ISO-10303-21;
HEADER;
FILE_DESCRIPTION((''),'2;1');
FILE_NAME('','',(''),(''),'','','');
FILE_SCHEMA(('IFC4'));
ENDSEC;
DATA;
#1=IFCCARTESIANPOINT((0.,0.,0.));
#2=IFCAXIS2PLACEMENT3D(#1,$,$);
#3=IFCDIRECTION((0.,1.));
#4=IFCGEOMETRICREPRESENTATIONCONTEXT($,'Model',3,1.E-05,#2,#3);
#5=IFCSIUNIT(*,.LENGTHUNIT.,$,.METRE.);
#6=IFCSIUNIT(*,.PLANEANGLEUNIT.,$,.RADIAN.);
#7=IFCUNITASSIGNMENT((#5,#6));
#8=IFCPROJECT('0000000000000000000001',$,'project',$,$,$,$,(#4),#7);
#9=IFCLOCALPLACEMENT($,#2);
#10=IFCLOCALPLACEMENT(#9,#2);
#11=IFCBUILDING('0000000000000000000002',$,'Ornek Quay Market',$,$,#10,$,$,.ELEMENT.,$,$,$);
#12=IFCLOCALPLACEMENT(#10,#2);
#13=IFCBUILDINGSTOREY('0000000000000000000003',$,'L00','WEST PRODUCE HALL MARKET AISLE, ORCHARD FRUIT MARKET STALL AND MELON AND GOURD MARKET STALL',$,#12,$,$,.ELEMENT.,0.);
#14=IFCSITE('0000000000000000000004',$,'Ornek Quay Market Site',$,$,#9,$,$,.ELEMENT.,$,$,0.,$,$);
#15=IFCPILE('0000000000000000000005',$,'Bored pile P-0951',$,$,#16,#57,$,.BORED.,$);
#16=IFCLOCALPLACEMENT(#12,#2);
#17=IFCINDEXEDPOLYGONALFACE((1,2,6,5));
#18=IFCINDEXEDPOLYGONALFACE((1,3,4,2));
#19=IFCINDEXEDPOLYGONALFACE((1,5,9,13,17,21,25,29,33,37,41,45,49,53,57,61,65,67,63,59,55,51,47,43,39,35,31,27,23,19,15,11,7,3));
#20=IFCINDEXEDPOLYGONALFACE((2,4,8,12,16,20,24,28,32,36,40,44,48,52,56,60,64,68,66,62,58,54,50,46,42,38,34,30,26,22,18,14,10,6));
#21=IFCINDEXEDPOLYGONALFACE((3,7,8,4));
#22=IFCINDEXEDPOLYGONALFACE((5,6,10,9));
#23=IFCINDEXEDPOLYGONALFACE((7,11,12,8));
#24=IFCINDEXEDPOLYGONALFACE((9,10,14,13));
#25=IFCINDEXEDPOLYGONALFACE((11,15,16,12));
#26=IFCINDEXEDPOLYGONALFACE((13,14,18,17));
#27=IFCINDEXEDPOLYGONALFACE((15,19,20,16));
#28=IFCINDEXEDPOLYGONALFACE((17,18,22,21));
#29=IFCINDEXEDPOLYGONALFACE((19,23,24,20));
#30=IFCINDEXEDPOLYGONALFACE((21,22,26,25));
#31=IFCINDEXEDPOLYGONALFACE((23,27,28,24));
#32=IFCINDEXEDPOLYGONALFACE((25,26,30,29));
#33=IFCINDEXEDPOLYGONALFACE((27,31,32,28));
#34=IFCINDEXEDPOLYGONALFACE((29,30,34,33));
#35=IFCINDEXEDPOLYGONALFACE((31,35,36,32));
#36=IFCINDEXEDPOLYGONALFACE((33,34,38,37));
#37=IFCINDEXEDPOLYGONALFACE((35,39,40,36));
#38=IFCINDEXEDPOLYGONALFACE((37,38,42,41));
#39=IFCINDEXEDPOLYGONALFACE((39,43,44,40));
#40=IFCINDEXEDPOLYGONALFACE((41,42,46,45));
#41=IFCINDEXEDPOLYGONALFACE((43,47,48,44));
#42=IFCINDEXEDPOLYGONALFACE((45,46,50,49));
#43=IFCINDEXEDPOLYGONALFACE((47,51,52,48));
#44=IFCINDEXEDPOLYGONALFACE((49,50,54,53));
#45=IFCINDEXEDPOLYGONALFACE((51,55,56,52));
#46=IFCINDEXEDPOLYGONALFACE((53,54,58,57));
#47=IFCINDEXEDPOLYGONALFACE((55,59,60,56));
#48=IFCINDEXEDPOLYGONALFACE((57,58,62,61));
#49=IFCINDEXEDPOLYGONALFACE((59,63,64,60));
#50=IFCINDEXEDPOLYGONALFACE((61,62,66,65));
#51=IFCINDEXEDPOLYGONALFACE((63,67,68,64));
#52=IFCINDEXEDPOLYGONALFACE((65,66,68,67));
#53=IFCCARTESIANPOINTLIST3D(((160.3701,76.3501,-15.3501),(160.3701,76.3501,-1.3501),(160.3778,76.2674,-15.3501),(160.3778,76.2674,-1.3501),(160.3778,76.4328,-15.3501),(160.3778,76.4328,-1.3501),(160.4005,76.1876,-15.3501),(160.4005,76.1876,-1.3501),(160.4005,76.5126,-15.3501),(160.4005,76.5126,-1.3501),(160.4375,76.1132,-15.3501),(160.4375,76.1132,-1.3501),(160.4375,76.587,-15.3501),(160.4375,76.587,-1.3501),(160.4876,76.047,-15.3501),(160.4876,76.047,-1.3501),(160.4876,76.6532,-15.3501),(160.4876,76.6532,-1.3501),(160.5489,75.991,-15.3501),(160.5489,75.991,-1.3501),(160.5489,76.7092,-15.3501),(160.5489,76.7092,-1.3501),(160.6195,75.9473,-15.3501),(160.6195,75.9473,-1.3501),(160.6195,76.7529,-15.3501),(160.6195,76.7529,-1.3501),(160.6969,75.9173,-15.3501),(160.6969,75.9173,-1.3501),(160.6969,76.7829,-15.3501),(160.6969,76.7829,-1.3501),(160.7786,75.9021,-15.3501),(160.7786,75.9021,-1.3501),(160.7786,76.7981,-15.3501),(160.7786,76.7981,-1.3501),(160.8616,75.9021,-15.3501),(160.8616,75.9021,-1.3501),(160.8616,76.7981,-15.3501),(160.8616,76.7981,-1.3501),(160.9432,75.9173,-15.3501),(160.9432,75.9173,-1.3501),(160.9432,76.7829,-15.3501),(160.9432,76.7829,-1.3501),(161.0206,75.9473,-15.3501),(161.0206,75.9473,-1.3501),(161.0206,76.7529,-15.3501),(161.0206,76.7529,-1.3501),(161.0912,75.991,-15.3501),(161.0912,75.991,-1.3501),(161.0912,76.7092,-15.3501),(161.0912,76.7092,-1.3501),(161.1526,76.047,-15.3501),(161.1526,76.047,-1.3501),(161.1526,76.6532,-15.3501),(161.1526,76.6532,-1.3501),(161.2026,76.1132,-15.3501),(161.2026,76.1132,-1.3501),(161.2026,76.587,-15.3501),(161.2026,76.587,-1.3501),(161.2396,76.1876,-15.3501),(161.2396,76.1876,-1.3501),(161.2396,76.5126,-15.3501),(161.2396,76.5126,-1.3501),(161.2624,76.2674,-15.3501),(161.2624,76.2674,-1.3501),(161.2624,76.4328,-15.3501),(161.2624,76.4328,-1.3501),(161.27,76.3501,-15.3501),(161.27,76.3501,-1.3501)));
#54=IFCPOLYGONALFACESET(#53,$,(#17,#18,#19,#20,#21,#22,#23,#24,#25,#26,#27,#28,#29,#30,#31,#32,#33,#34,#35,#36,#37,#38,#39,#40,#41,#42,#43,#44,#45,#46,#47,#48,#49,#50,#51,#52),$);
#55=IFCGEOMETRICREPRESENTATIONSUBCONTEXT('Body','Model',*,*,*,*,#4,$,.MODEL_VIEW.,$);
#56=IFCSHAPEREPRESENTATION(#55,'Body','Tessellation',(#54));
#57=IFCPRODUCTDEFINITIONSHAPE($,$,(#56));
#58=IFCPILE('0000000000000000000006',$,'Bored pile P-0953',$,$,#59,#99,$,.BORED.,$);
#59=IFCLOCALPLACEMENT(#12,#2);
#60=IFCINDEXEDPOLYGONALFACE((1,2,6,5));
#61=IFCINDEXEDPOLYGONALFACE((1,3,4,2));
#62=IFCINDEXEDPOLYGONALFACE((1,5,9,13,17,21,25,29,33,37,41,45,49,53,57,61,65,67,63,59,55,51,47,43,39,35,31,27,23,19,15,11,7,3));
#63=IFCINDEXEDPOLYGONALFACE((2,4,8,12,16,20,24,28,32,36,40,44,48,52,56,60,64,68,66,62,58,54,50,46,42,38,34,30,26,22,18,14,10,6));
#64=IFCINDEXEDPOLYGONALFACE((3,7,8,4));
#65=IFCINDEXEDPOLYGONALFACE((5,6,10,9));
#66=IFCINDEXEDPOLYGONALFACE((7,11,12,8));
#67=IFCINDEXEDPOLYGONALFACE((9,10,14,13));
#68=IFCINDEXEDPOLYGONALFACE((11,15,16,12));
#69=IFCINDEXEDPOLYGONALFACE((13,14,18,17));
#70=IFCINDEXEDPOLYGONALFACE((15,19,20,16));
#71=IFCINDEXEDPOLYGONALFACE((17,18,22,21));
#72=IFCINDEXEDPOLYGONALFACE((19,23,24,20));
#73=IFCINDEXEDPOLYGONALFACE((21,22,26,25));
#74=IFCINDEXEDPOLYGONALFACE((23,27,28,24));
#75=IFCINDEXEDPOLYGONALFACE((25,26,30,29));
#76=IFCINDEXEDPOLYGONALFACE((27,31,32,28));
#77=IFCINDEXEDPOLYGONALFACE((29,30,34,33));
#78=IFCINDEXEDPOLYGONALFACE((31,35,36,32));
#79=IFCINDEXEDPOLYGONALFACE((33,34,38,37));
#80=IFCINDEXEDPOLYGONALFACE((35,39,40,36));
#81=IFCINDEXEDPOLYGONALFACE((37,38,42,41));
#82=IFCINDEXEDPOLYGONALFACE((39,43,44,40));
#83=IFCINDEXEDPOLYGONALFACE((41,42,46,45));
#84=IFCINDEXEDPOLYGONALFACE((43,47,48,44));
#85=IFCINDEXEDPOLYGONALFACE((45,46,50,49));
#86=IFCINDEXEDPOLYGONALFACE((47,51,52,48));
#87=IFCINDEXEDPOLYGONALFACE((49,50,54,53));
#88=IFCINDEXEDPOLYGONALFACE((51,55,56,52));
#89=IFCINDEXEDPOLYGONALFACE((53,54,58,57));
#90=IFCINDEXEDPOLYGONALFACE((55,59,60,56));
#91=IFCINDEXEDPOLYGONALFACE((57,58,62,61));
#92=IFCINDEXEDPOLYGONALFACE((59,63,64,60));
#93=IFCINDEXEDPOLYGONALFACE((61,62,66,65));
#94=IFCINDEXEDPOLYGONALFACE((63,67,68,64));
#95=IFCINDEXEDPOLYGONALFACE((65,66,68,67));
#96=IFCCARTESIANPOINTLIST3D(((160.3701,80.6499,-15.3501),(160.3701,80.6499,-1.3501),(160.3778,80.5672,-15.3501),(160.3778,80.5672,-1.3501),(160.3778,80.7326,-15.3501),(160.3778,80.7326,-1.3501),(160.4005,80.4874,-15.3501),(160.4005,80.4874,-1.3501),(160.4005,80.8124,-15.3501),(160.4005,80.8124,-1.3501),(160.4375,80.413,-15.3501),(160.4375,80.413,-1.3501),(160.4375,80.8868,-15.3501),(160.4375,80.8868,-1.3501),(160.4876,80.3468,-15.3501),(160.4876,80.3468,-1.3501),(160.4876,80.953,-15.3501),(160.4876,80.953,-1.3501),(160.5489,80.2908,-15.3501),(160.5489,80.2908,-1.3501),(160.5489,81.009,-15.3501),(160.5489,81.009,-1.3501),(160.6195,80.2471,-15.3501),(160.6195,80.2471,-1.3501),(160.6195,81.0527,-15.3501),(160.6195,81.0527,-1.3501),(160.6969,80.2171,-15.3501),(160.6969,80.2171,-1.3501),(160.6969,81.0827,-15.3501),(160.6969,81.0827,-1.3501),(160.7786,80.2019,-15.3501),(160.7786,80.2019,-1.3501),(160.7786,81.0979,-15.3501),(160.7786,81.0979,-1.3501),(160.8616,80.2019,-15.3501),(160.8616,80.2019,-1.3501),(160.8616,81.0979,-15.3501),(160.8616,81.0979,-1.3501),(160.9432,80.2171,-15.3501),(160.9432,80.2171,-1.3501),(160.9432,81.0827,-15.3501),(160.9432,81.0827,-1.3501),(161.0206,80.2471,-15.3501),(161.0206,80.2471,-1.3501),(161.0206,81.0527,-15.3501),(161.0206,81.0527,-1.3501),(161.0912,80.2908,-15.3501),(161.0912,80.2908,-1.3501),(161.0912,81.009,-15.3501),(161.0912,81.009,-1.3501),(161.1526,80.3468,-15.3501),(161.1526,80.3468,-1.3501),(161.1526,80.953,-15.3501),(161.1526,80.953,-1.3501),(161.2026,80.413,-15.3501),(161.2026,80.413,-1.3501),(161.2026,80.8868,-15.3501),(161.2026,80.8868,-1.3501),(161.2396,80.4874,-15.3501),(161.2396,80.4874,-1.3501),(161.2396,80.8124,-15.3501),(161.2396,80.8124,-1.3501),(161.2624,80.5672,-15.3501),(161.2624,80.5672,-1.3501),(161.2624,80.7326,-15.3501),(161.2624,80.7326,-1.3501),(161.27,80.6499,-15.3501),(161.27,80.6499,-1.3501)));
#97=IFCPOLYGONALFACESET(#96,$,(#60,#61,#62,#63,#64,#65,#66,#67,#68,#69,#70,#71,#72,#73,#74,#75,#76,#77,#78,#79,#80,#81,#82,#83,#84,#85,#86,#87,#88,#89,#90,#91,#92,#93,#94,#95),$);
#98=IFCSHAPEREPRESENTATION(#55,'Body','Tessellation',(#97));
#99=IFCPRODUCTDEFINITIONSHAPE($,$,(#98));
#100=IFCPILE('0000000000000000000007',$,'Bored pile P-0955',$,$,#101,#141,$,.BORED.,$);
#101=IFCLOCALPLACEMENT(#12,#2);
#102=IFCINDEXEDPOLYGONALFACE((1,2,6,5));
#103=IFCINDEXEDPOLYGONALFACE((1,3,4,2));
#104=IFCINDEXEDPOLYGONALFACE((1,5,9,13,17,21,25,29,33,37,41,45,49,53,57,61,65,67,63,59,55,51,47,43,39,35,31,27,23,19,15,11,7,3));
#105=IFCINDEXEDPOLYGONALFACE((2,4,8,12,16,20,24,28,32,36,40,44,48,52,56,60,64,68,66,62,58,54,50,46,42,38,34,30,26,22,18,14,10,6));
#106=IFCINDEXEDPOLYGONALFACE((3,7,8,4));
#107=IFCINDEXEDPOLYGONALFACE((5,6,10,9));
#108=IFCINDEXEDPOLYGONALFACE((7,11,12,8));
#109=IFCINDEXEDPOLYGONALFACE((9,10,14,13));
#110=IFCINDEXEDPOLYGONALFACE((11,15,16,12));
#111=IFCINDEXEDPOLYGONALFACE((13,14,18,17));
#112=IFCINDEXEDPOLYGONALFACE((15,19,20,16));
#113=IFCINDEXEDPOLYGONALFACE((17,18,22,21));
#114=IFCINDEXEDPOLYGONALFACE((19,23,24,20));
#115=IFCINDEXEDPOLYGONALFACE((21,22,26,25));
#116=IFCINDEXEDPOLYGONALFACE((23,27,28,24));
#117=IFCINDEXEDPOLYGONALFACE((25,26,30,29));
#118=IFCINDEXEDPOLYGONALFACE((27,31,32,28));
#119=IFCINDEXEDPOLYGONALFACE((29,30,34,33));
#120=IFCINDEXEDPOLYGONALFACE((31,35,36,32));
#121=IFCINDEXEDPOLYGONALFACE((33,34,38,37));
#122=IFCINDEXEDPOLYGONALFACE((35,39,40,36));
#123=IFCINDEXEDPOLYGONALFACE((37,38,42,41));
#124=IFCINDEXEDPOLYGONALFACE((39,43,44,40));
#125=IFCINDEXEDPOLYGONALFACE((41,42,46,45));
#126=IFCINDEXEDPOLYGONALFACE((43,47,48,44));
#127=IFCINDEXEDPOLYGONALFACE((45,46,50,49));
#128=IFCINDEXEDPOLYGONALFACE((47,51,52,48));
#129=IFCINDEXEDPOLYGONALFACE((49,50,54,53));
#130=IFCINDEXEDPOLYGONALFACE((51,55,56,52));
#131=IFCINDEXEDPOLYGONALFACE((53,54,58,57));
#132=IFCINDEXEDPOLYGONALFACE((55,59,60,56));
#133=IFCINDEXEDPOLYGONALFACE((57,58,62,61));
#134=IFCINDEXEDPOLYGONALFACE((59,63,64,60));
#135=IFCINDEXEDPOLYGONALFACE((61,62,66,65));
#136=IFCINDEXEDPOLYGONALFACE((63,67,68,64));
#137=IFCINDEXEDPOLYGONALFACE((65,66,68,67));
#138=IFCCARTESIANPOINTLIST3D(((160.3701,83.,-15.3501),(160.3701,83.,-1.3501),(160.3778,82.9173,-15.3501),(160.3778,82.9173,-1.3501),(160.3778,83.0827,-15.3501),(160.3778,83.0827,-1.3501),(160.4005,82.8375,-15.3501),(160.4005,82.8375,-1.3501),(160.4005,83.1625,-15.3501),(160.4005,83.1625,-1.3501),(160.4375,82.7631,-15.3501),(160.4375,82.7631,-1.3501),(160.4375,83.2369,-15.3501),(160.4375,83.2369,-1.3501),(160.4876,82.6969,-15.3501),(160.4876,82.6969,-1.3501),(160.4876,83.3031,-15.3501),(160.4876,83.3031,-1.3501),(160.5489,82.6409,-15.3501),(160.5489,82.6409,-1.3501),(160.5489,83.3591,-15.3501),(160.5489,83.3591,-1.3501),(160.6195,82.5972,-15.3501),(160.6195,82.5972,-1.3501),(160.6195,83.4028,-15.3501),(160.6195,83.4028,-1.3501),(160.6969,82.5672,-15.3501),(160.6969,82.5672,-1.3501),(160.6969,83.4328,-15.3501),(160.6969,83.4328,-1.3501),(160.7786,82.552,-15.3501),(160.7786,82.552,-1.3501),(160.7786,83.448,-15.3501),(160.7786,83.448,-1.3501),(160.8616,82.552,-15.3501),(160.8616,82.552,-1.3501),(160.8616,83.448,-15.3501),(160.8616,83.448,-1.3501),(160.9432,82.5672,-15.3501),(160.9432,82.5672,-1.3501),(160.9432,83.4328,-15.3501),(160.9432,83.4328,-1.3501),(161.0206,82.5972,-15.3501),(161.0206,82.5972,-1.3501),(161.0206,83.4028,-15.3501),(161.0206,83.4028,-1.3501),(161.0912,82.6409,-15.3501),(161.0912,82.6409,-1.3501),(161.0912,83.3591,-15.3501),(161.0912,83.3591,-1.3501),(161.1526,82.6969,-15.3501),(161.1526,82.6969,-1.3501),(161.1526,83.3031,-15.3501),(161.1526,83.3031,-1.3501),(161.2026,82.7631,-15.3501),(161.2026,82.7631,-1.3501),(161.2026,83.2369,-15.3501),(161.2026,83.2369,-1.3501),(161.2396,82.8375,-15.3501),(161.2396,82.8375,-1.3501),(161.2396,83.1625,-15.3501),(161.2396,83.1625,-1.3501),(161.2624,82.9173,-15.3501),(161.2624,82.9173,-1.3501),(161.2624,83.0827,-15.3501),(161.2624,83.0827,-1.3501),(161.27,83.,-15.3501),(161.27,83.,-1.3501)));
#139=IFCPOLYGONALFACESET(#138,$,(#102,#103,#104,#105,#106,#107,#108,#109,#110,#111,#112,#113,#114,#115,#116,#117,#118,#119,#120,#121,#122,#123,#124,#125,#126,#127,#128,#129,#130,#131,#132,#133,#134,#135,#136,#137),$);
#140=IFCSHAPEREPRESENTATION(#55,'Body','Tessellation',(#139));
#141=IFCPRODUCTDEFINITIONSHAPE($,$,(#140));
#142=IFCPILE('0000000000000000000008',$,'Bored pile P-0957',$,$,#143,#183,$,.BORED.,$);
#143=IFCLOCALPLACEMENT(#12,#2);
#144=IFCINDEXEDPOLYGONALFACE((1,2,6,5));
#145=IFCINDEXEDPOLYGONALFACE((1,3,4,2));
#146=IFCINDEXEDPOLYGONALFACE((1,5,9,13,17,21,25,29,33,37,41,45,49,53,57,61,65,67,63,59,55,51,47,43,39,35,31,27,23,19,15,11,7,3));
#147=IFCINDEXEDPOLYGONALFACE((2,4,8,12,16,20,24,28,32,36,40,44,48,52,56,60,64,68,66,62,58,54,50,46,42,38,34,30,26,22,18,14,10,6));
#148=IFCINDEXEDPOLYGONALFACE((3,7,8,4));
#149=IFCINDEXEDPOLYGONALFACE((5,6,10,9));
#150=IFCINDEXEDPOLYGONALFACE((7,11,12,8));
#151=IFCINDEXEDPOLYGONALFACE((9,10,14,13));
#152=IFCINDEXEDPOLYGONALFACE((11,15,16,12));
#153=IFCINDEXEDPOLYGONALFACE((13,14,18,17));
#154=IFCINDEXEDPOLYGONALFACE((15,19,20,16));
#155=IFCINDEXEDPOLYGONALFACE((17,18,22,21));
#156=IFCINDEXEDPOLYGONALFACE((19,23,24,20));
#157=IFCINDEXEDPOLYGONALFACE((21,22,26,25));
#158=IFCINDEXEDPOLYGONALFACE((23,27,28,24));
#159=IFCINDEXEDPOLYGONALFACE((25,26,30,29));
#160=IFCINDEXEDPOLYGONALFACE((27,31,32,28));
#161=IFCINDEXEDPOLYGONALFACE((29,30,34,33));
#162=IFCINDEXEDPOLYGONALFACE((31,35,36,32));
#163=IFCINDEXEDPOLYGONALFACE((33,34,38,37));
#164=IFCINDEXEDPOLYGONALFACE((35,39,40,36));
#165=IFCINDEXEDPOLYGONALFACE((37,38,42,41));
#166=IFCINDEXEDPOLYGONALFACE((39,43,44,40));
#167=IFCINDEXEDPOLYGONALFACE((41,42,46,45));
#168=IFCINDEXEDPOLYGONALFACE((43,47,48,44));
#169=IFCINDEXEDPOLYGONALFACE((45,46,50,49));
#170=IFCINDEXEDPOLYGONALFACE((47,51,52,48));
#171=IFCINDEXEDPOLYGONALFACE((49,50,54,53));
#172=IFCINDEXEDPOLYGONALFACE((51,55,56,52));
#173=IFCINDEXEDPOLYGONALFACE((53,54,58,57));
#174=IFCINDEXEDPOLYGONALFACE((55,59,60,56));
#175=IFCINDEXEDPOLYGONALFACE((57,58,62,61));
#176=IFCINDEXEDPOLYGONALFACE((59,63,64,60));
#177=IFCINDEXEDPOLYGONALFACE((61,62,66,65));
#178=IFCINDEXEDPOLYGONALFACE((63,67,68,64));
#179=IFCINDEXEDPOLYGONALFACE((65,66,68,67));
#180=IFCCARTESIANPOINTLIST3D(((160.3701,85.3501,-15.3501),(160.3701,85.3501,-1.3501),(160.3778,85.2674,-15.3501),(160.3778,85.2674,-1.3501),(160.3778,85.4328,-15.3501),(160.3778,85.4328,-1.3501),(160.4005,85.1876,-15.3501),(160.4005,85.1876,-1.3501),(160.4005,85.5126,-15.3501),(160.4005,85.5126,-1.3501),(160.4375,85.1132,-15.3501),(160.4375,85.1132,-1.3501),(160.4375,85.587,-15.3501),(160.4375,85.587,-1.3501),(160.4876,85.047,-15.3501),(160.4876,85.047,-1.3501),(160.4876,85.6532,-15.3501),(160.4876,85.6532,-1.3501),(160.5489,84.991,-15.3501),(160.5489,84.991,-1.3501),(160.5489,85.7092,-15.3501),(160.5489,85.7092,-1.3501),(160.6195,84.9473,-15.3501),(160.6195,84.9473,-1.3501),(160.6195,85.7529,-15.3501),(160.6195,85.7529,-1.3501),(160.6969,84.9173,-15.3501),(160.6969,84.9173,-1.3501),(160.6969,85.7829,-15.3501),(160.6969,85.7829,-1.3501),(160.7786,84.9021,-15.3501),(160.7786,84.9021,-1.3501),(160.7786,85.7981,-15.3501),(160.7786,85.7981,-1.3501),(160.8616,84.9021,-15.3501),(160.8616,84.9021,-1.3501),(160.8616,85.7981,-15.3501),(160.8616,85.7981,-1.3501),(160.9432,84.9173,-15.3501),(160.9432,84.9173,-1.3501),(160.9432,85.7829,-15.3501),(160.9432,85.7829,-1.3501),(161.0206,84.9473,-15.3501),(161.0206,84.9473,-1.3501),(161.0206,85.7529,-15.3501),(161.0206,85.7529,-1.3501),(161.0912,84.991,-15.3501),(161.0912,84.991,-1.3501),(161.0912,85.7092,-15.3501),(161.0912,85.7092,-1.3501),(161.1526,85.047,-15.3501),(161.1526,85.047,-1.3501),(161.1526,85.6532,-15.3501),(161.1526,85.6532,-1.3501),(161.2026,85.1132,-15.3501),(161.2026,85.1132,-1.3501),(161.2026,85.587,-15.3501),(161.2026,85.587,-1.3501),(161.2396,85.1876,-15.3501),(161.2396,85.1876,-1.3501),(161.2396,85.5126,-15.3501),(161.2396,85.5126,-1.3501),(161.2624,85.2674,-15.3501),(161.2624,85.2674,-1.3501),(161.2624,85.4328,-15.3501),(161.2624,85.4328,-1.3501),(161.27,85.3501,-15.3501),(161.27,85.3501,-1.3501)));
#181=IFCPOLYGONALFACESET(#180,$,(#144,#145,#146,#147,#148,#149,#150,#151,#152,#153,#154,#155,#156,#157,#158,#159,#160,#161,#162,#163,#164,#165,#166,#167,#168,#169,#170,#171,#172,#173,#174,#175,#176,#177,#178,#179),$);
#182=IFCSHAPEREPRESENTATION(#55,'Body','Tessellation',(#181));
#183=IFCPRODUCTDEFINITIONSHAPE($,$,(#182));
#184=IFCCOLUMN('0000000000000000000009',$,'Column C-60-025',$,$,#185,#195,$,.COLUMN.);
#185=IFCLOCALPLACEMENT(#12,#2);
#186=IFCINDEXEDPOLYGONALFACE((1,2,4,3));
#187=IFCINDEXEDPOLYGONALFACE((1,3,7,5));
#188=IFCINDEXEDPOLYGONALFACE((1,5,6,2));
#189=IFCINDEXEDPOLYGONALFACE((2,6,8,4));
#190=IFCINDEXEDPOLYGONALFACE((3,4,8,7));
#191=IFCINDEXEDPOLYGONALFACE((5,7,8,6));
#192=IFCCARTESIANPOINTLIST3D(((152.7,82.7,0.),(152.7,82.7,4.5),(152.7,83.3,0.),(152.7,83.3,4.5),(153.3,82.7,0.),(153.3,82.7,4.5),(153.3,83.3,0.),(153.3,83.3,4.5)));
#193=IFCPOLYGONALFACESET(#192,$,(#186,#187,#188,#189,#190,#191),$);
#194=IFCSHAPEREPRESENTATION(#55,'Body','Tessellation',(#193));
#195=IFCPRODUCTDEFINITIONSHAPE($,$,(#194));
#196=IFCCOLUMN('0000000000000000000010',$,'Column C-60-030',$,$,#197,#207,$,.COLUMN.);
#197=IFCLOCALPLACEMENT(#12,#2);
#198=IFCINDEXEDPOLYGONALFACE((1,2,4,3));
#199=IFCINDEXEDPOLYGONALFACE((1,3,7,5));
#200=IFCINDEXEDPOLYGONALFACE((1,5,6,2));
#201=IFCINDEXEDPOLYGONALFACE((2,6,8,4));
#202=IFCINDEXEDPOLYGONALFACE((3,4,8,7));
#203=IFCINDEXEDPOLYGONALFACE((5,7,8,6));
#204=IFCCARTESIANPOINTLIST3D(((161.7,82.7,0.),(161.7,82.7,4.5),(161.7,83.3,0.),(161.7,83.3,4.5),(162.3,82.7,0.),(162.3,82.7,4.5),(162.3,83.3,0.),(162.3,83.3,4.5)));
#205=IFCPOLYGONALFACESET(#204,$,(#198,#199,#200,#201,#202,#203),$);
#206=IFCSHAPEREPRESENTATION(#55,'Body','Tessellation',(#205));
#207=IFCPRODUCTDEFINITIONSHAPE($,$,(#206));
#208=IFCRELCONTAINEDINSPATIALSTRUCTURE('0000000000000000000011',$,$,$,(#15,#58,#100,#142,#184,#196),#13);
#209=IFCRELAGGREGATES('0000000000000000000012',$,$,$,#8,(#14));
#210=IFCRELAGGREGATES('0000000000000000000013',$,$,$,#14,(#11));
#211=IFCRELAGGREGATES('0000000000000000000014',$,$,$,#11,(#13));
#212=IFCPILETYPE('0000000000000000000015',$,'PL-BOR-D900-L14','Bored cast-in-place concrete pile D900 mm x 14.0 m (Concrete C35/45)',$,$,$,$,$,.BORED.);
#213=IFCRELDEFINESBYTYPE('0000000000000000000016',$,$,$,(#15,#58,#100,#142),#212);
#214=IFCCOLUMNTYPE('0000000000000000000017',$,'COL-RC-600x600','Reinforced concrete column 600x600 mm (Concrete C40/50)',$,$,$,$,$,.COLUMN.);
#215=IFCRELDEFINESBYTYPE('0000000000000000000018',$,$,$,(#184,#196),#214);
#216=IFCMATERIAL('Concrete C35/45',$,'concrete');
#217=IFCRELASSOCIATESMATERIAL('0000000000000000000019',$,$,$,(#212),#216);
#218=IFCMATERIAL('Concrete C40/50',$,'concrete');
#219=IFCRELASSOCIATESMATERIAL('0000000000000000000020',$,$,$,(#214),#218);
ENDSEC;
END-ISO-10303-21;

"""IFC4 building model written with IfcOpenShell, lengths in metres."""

from ifc_helpers import new_model, si_unit, direction, frame, origin, origin_2d, place, context, subcontext, project, spatial, rectangle, circle, extrude, material, material_profile, profile_set, type_object, element, save


model = new_model("IFC4")

# Units and contexts
model_context = context("Model", 3, precision=1e-05, world=origin(), true_north=direction((0.0, 1.0)))
body_context = subcontext(model_context, "Body", "Model", "MODEL_VIEW")
ifc_project = project(units=[si_unit("LENGTHUNIT", "METRE"), si_unit("PLANEANGLEUNIT", "RADIAN")], contexts=[model_context])

# Site, building, storey
site_placement = place(None, origin())
site = spatial("IfcSite", under=ifc_project, at=site_placement, Name="Ornek Quay Market Site", CompositionType="ELEMENT", RefElevation=0.0)
building_placement = place(site_placement, origin())
building = spatial("IfcBuilding", under=site, at=building_placement, Name="Ornek Quay Market", CompositionType="ELEMENT")
storey_placement = place(building_placement, origin())
storey = spatial("IfcBuildingStorey", under=building, at=storey_placement, Name="L00", Description="WEST PRODUCE HALL MARKET AISLE, ORCHARD FRUIT MARKET STALL AND MELON AND GOURD MARKET STALL", CompositionType="ELEMENT", Elevation=0.0)

# Piles
ifc_material_1 = material(Name="Concrete C35/45", Category="concrete")
ifc_material_profile_1 = material_profile(ifc_material_1, circle(Radius=0.45, at=origin_2d()), Name="PILE D900", Category="concrete")
ifc_profile_set_1 = profile_set([ifc_material_profile_1], Name="Concrete C35/45")
pile_type = type_object("IfcPileType", Name="PL-BOR-D900-L14", Description="Bored cast-in-place concrete pile D900 mm x 14.0 m (Concrete C35/45)", PredefinedType="BORED", material=ifc_profile_set_1)
for number, where, z_axis, x_axis, name in (
    (1, (160.8201, 76.3501, -1.3501), (0.0, 0.0, -1.0), (1.0, 0.0, 0.0), "Bored pile P-0951"),
    (2, (160.8201, 80.6499, -1.3501), (0.0, 0.0, -1.0), (1.0, 0.0, 0.0), "Bored pile P-0953"),
    (3, (160.8201, 83.0, -1.3501), (0.0, 0.0, -1.0), (1.0, 0.0, 0.0), "Bored pile P-0955"),
    (4, (160.8201, 85.3501, -1.3501), (0.0, 0.0, -1.0), (1.0, 0.0, 0.0), "Bored pile P-0957"),
):
    element("IfcPile", number, at=place(storey_placement, frame(where, z_axis=z_axis, x_axis=x_axis)), inside=storey, type_object=pile_type, Name=name, PredefinedType="BORED", context=body_context, shape_type="SweptSolid", body=[
        extrude(circle(Radius=0.45, at=origin_2d()), origin(), (0.0, 0.0, 1.0), 14.0),
    ])

# Columns
ifc_material_2 = material(Name="Concrete C40/50", Category="concrete")
ifc_material_profile_2 = material_profile(ifc_material_2, rectangle(XDim=0.6001, YDim=0.6001, at=origin_2d()), Name="RC 600x600", Category="concrete")
ifc_profile_set_2 = profile_set([ifc_material_profile_2], Name="Concrete C40/50")
column_type = type_object("IfcColumnType", Name="COL-RC-600x600", Description="Reinforced concrete column 600x600 mm (Concrete C40/50)", PredefinedType="COLUMN", material=ifc_profile_set_2)
for number, where, z_axis, x_axis, name in (
    (5, (153.0, 83.0, 0.0), (0.0, 0.0, 1.0), (1.0, 0.0, 0.0), "Column C-60-025"),
    (6, (162.0, 83.0, 0.0), (0.0, 0.0, 1.0), (1.0, 0.0, 0.0), "Column C-60-030"),
):
    element("IfcColumn", number, at=place(storey_placement, frame(where, z_axis=z_axis, x_axis=x_axis)), inside=storey, type_object=column_type, Name=name, PredefinedType="COLUMN", context=body_context, shape_type="SweptSolid", body=[
        extrude(rectangle(XDim=0.6001, YDim=0.6001, at=origin_2d()), origin(), (0.0, 0.0, 1.0), 4.5),
    ])

save(model, "model.ifc")
